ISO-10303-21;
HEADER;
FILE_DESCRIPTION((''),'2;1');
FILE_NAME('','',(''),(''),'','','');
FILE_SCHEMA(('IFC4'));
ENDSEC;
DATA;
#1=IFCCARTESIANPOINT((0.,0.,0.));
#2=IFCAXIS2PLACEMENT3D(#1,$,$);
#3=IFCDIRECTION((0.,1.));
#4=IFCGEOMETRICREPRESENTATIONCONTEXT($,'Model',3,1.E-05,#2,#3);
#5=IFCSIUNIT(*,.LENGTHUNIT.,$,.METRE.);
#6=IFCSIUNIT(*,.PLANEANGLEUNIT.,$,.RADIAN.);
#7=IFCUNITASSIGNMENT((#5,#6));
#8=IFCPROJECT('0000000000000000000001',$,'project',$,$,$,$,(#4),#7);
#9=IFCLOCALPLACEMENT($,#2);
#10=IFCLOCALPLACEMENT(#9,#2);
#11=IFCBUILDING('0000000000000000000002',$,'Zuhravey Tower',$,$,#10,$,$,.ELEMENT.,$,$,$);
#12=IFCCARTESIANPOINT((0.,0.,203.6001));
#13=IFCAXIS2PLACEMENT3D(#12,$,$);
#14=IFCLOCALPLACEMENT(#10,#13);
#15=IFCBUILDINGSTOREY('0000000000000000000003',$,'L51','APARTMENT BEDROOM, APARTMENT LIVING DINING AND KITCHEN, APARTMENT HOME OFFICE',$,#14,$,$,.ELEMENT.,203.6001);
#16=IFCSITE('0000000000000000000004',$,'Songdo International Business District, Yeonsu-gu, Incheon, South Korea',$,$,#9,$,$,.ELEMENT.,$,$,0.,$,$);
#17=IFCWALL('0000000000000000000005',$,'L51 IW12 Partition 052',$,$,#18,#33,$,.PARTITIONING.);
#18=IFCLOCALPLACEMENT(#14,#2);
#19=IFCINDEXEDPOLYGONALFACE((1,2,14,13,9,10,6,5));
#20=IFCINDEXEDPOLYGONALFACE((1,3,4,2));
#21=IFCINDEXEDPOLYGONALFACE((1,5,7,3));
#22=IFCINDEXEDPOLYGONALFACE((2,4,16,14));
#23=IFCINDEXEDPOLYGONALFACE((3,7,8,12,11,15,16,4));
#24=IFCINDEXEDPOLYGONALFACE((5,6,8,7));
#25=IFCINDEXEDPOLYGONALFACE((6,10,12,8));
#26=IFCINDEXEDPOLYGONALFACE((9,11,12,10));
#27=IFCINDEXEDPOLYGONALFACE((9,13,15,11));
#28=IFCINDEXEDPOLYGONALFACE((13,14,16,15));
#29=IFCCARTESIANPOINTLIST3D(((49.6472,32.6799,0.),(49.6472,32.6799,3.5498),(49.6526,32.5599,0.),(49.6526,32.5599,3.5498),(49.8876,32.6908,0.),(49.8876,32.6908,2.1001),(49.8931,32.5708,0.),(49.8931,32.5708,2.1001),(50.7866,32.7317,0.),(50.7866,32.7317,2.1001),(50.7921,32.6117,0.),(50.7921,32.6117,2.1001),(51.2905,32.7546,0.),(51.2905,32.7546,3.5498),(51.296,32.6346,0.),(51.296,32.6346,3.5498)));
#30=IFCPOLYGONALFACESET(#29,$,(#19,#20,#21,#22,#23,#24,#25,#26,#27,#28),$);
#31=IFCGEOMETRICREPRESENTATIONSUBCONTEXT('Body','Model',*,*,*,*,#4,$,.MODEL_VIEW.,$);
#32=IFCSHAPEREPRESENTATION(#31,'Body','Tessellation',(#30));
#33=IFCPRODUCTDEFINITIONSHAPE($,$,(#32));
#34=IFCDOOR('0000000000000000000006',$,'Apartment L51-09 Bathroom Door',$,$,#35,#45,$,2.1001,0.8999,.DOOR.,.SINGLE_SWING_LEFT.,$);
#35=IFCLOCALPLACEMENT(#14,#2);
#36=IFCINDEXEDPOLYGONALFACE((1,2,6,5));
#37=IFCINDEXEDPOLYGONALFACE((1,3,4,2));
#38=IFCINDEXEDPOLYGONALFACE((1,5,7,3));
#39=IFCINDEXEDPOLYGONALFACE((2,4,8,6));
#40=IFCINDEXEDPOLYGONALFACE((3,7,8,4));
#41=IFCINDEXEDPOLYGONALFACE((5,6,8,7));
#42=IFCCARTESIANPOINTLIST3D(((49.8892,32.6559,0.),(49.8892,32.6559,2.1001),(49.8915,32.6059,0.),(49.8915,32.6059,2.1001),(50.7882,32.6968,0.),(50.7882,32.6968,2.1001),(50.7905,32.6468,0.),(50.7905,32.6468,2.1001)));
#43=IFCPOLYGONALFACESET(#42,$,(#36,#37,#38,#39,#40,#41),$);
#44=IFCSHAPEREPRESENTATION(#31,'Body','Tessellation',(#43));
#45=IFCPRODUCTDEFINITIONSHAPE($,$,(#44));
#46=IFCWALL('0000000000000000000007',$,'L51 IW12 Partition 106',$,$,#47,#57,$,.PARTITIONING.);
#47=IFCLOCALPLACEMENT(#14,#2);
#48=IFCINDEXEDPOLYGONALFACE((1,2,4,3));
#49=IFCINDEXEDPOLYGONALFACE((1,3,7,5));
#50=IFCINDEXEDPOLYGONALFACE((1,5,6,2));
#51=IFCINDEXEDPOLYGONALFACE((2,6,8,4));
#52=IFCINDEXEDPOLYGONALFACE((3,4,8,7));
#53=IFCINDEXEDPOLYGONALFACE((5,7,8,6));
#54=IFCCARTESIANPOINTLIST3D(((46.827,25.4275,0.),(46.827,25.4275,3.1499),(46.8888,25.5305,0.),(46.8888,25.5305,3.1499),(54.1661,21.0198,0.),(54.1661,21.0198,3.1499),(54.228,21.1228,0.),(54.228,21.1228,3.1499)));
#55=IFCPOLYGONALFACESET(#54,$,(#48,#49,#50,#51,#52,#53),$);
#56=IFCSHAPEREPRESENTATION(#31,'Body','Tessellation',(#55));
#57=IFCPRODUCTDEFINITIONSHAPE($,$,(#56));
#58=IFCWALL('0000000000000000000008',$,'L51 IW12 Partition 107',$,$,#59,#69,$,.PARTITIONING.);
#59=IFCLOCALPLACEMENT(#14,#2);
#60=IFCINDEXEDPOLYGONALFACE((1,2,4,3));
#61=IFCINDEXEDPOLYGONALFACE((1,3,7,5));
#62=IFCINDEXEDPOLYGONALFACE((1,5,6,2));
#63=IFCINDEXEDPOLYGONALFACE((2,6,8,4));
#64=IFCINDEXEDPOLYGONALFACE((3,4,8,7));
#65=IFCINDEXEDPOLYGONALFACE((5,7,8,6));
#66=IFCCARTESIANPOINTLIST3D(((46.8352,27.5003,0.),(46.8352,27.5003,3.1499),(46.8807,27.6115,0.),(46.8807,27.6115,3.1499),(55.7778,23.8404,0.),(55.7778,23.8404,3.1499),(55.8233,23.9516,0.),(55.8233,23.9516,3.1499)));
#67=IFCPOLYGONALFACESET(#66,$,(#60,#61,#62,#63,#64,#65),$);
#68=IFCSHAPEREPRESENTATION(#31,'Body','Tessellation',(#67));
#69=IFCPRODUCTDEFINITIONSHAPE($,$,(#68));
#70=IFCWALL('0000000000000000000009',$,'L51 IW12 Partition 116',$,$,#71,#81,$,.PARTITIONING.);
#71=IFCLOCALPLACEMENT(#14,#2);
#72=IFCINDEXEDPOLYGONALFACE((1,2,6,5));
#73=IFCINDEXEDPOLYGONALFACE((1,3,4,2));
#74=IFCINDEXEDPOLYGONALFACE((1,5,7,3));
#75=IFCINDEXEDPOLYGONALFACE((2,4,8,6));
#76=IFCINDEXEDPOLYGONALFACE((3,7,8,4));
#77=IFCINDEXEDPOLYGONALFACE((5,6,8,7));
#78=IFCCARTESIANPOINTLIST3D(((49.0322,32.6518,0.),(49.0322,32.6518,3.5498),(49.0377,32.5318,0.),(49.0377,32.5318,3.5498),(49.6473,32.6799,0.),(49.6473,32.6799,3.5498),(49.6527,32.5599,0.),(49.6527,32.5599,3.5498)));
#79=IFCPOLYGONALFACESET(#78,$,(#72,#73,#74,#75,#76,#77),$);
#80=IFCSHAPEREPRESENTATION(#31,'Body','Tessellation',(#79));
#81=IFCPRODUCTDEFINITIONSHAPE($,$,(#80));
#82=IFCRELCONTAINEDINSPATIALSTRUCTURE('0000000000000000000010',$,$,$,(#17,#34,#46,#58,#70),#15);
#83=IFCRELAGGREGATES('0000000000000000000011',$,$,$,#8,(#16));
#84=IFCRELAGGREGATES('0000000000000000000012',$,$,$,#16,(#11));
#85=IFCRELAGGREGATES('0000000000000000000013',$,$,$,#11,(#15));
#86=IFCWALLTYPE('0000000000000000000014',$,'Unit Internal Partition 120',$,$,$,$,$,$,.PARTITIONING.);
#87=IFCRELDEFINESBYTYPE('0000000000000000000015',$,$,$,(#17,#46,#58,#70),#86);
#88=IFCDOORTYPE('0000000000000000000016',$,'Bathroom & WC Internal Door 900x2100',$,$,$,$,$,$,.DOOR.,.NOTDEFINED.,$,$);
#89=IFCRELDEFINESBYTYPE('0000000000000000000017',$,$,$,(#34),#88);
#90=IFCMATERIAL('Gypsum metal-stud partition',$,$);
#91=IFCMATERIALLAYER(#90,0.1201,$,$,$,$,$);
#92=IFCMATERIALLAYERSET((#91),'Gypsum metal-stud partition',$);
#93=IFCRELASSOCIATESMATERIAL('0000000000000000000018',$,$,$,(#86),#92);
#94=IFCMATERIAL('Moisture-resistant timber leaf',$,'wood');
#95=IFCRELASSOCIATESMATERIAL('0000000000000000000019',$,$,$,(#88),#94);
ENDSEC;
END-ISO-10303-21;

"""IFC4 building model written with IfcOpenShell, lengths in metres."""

from ifc_helpers import new_model, si_unit, direction, frame, frame_2d, origin, place, context, subcontext, project, spatial, rectangle, extrude, material, layer, layer_set, type_object, element, fill, save


model = new_model("IFC4")

# Units and contexts
model_context = context("Model", 3, precision=1e-05, world=origin(), true_north=direction((0.0, 1.0)))
body_context = subcontext(model_context, "Body", "Model", "MODEL_VIEW")
ifc_project = project(units=[si_unit("LENGTHUNIT", "METRE"), si_unit("PLANEANGLEUNIT", "RADIAN")], contexts=[model_context])

# Site, building, storey
site_placement = place(None, origin())
site = spatial("IfcSite", under=ifc_project, at=site_placement, Name="Songdo International Business District, Yeonsu-gu, Incheon, South Korea", CompositionType="ELEMENT", RefElevation=0.0)
building_placement = place(site_placement, origin())
building = spatial("IfcBuilding", under=site, at=building_placement, Name="Zuhravey Tower", CompositionType="ELEMENT")
storey_placement = place(building_placement, frame((0.0, 0.0, 203.6001)))
storey = spatial("IfcBuildingStorey", under=building, at=storey_placement, Name="L51", Description="APARTMENT BEDROOM, APARTMENT LIVING DINING AND KITCHEN, APARTMENT HOME OFFICE", CompositionType="ELEMENT", Elevation=203.6001)

# Wall, opening, door
ifc_material_1 = material(Name="Gypsum metal-stud partition")
ifc_layer_1 = layer(ifc_material_1, 0.1201)
ifc_layer_set_1 = layer_set([ifc_layer_1], Name="Gypsum metal-stud partition")
wall_type_1 = type_object("IfcWallType", Name="Unit Internal Partition 120", PredefinedType="PARTITIONING", material=ifc_layer_set_1)
wall_1_placement = place(storey_placement, frame((49.6499, 32.6199, 0.0), z_axis=(0.0, 0.0, 1.0), x_axis=(0.998968, 0.045414, 0.0)))
wall_1 = element("IfcWall", 1, at=wall_1_placement, inside=storey, type_object=wall_type_1, Name="L51 IW12 Partition 052", PredefinedType="PARTITIONING", context=body_context, shape_type="SweptSolid", body=[
    extrude(rectangle(XDim=1.645, YDim=0.1201, at=frame_2d((0.8225, 0.0))), origin(), (0.0, 0.0, 1.0), 3.5498),
])
opening_1_placement = place(wall_1_placement, frame((0.2407, 0.0, 0.0)))
opening_1 = element("IfcOpeningElement", 2, at=opening_1_placement, cuts=wall_1, PredefinedType="OPENING", context=body_context, shape_type="SweptSolid", body=[
    extrude(rectangle(XDim=0.8999, YDim=2.1001, at=frame_2d((0.45, 1.05))), frame((0.0, 0.072, 0.0), z_axis=(0.0, -1.0, 0.0), x_axis=(1.0, 0.0, 0.0)), (0.0, 0.0, 1.0), 0.144),
])
ifc_material_2 = material(Name="Moisture-resistant timber leaf", Category="wood")
door_type_1 = type_object("IfcDoorType", Name="Bathroom & WC Internal Door 900x2100", OperationType="NOTDEFINED", PredefinedType="DOOR", material=ifc_material_2)
door_1_placement = place(opening_1_placement, frame((0.8999, 0.0, 0.0), z_axis=(0.0, 0.0, 1.0), x_axis=(-1.0, 0.0, 0.0)))
door_1 = element("IfcDoor", 3, at=door_1_placement, inside=storey, type_object=door_type_1, Name="Apartment L51-09 Bathroom Door", OperationType="SINGLE_SWING_LEFT", OverallHeight=2.1001, OverallWidth=0.8999, PredefinedType="DOOR", context=body_context, shape_type="SweptSolid", body=[
    extrude(rectangle(XDim=0.8999, YDim=2.1001, at=frame_2d((0.45, 1.05))), frame((0.0, 0.0249, 0.0), z_axis=(0.0, -1.0, 0.0), x_axis=(1.0, 0.0, 0.0)), (0.0, 0.0, 1.0), 0.05),
])
fill(opening_1, door_1)

# Walls
wall_2_placement = place(storey_placement, frame((46.8579, 25.479, 0.0), z_axis=(0.0, 0.0, 1.0), x_axis=(0.857274, -0.514861, 0.0)))
element("IfcWall", 4, at=wall_2_placement, inside=storey, type_object=wall_type_1, Name="L51 IW12 Partition 106", PredefinedType="PARTITIONING", context=body_context, shape_type="SweptSolid", body=[
    extrude(rectangle(XDim=8.561, YDim=0.1201, at=frame_2d((4.2805, 0.0))), origin(), (0.0, 0.0, 1.0), 3.1499),
])
wall_3_placement = place(storey_placement, frame((46.8579, 27.5559, 0.0), z_axis=(0.0, 0.0, 1.0), x_axis=(0.92549, -0.378772, 0.0)))
element("IfcWall", 5, at=wall_3_placement, inside=storey, type_object=wall_type_1, Name="L51 IW12 Partition 107", PredefinedType="PARTITIONING", context=body_context, shape_type="SweptSolid", body=[
    extrude(rectangle(XDim=9.6626, YDim=0.1201, at=frame_2d((4.8313, 0.0))), origin(), (0.0, 0.0, 1.0), 3.1499),
])
wall_4_placement = place(storey_placement, frame((49.0349, 32.5918, 0.0), z_axis=(0.0, 0.0, 1.0), x_axis=(0.99896, 0.045606, 0.0)))
element("IfcWall", 6, at=wall_4_placement, inside=storey, type_object=wall_type_1, Name="L51 IW12 Partition 116", PredefinedType="PARTITIONING", context=body_context, shape_type="SweptSolid", body=[
    extrude(rectangle(XDim=0.6157, YDim=0.1201, at=frame_2d((0.3079, 0.0))), origin(), (0.0, 0.0, 1.0), 3.5498),
])

save(model, "model.ifc")
